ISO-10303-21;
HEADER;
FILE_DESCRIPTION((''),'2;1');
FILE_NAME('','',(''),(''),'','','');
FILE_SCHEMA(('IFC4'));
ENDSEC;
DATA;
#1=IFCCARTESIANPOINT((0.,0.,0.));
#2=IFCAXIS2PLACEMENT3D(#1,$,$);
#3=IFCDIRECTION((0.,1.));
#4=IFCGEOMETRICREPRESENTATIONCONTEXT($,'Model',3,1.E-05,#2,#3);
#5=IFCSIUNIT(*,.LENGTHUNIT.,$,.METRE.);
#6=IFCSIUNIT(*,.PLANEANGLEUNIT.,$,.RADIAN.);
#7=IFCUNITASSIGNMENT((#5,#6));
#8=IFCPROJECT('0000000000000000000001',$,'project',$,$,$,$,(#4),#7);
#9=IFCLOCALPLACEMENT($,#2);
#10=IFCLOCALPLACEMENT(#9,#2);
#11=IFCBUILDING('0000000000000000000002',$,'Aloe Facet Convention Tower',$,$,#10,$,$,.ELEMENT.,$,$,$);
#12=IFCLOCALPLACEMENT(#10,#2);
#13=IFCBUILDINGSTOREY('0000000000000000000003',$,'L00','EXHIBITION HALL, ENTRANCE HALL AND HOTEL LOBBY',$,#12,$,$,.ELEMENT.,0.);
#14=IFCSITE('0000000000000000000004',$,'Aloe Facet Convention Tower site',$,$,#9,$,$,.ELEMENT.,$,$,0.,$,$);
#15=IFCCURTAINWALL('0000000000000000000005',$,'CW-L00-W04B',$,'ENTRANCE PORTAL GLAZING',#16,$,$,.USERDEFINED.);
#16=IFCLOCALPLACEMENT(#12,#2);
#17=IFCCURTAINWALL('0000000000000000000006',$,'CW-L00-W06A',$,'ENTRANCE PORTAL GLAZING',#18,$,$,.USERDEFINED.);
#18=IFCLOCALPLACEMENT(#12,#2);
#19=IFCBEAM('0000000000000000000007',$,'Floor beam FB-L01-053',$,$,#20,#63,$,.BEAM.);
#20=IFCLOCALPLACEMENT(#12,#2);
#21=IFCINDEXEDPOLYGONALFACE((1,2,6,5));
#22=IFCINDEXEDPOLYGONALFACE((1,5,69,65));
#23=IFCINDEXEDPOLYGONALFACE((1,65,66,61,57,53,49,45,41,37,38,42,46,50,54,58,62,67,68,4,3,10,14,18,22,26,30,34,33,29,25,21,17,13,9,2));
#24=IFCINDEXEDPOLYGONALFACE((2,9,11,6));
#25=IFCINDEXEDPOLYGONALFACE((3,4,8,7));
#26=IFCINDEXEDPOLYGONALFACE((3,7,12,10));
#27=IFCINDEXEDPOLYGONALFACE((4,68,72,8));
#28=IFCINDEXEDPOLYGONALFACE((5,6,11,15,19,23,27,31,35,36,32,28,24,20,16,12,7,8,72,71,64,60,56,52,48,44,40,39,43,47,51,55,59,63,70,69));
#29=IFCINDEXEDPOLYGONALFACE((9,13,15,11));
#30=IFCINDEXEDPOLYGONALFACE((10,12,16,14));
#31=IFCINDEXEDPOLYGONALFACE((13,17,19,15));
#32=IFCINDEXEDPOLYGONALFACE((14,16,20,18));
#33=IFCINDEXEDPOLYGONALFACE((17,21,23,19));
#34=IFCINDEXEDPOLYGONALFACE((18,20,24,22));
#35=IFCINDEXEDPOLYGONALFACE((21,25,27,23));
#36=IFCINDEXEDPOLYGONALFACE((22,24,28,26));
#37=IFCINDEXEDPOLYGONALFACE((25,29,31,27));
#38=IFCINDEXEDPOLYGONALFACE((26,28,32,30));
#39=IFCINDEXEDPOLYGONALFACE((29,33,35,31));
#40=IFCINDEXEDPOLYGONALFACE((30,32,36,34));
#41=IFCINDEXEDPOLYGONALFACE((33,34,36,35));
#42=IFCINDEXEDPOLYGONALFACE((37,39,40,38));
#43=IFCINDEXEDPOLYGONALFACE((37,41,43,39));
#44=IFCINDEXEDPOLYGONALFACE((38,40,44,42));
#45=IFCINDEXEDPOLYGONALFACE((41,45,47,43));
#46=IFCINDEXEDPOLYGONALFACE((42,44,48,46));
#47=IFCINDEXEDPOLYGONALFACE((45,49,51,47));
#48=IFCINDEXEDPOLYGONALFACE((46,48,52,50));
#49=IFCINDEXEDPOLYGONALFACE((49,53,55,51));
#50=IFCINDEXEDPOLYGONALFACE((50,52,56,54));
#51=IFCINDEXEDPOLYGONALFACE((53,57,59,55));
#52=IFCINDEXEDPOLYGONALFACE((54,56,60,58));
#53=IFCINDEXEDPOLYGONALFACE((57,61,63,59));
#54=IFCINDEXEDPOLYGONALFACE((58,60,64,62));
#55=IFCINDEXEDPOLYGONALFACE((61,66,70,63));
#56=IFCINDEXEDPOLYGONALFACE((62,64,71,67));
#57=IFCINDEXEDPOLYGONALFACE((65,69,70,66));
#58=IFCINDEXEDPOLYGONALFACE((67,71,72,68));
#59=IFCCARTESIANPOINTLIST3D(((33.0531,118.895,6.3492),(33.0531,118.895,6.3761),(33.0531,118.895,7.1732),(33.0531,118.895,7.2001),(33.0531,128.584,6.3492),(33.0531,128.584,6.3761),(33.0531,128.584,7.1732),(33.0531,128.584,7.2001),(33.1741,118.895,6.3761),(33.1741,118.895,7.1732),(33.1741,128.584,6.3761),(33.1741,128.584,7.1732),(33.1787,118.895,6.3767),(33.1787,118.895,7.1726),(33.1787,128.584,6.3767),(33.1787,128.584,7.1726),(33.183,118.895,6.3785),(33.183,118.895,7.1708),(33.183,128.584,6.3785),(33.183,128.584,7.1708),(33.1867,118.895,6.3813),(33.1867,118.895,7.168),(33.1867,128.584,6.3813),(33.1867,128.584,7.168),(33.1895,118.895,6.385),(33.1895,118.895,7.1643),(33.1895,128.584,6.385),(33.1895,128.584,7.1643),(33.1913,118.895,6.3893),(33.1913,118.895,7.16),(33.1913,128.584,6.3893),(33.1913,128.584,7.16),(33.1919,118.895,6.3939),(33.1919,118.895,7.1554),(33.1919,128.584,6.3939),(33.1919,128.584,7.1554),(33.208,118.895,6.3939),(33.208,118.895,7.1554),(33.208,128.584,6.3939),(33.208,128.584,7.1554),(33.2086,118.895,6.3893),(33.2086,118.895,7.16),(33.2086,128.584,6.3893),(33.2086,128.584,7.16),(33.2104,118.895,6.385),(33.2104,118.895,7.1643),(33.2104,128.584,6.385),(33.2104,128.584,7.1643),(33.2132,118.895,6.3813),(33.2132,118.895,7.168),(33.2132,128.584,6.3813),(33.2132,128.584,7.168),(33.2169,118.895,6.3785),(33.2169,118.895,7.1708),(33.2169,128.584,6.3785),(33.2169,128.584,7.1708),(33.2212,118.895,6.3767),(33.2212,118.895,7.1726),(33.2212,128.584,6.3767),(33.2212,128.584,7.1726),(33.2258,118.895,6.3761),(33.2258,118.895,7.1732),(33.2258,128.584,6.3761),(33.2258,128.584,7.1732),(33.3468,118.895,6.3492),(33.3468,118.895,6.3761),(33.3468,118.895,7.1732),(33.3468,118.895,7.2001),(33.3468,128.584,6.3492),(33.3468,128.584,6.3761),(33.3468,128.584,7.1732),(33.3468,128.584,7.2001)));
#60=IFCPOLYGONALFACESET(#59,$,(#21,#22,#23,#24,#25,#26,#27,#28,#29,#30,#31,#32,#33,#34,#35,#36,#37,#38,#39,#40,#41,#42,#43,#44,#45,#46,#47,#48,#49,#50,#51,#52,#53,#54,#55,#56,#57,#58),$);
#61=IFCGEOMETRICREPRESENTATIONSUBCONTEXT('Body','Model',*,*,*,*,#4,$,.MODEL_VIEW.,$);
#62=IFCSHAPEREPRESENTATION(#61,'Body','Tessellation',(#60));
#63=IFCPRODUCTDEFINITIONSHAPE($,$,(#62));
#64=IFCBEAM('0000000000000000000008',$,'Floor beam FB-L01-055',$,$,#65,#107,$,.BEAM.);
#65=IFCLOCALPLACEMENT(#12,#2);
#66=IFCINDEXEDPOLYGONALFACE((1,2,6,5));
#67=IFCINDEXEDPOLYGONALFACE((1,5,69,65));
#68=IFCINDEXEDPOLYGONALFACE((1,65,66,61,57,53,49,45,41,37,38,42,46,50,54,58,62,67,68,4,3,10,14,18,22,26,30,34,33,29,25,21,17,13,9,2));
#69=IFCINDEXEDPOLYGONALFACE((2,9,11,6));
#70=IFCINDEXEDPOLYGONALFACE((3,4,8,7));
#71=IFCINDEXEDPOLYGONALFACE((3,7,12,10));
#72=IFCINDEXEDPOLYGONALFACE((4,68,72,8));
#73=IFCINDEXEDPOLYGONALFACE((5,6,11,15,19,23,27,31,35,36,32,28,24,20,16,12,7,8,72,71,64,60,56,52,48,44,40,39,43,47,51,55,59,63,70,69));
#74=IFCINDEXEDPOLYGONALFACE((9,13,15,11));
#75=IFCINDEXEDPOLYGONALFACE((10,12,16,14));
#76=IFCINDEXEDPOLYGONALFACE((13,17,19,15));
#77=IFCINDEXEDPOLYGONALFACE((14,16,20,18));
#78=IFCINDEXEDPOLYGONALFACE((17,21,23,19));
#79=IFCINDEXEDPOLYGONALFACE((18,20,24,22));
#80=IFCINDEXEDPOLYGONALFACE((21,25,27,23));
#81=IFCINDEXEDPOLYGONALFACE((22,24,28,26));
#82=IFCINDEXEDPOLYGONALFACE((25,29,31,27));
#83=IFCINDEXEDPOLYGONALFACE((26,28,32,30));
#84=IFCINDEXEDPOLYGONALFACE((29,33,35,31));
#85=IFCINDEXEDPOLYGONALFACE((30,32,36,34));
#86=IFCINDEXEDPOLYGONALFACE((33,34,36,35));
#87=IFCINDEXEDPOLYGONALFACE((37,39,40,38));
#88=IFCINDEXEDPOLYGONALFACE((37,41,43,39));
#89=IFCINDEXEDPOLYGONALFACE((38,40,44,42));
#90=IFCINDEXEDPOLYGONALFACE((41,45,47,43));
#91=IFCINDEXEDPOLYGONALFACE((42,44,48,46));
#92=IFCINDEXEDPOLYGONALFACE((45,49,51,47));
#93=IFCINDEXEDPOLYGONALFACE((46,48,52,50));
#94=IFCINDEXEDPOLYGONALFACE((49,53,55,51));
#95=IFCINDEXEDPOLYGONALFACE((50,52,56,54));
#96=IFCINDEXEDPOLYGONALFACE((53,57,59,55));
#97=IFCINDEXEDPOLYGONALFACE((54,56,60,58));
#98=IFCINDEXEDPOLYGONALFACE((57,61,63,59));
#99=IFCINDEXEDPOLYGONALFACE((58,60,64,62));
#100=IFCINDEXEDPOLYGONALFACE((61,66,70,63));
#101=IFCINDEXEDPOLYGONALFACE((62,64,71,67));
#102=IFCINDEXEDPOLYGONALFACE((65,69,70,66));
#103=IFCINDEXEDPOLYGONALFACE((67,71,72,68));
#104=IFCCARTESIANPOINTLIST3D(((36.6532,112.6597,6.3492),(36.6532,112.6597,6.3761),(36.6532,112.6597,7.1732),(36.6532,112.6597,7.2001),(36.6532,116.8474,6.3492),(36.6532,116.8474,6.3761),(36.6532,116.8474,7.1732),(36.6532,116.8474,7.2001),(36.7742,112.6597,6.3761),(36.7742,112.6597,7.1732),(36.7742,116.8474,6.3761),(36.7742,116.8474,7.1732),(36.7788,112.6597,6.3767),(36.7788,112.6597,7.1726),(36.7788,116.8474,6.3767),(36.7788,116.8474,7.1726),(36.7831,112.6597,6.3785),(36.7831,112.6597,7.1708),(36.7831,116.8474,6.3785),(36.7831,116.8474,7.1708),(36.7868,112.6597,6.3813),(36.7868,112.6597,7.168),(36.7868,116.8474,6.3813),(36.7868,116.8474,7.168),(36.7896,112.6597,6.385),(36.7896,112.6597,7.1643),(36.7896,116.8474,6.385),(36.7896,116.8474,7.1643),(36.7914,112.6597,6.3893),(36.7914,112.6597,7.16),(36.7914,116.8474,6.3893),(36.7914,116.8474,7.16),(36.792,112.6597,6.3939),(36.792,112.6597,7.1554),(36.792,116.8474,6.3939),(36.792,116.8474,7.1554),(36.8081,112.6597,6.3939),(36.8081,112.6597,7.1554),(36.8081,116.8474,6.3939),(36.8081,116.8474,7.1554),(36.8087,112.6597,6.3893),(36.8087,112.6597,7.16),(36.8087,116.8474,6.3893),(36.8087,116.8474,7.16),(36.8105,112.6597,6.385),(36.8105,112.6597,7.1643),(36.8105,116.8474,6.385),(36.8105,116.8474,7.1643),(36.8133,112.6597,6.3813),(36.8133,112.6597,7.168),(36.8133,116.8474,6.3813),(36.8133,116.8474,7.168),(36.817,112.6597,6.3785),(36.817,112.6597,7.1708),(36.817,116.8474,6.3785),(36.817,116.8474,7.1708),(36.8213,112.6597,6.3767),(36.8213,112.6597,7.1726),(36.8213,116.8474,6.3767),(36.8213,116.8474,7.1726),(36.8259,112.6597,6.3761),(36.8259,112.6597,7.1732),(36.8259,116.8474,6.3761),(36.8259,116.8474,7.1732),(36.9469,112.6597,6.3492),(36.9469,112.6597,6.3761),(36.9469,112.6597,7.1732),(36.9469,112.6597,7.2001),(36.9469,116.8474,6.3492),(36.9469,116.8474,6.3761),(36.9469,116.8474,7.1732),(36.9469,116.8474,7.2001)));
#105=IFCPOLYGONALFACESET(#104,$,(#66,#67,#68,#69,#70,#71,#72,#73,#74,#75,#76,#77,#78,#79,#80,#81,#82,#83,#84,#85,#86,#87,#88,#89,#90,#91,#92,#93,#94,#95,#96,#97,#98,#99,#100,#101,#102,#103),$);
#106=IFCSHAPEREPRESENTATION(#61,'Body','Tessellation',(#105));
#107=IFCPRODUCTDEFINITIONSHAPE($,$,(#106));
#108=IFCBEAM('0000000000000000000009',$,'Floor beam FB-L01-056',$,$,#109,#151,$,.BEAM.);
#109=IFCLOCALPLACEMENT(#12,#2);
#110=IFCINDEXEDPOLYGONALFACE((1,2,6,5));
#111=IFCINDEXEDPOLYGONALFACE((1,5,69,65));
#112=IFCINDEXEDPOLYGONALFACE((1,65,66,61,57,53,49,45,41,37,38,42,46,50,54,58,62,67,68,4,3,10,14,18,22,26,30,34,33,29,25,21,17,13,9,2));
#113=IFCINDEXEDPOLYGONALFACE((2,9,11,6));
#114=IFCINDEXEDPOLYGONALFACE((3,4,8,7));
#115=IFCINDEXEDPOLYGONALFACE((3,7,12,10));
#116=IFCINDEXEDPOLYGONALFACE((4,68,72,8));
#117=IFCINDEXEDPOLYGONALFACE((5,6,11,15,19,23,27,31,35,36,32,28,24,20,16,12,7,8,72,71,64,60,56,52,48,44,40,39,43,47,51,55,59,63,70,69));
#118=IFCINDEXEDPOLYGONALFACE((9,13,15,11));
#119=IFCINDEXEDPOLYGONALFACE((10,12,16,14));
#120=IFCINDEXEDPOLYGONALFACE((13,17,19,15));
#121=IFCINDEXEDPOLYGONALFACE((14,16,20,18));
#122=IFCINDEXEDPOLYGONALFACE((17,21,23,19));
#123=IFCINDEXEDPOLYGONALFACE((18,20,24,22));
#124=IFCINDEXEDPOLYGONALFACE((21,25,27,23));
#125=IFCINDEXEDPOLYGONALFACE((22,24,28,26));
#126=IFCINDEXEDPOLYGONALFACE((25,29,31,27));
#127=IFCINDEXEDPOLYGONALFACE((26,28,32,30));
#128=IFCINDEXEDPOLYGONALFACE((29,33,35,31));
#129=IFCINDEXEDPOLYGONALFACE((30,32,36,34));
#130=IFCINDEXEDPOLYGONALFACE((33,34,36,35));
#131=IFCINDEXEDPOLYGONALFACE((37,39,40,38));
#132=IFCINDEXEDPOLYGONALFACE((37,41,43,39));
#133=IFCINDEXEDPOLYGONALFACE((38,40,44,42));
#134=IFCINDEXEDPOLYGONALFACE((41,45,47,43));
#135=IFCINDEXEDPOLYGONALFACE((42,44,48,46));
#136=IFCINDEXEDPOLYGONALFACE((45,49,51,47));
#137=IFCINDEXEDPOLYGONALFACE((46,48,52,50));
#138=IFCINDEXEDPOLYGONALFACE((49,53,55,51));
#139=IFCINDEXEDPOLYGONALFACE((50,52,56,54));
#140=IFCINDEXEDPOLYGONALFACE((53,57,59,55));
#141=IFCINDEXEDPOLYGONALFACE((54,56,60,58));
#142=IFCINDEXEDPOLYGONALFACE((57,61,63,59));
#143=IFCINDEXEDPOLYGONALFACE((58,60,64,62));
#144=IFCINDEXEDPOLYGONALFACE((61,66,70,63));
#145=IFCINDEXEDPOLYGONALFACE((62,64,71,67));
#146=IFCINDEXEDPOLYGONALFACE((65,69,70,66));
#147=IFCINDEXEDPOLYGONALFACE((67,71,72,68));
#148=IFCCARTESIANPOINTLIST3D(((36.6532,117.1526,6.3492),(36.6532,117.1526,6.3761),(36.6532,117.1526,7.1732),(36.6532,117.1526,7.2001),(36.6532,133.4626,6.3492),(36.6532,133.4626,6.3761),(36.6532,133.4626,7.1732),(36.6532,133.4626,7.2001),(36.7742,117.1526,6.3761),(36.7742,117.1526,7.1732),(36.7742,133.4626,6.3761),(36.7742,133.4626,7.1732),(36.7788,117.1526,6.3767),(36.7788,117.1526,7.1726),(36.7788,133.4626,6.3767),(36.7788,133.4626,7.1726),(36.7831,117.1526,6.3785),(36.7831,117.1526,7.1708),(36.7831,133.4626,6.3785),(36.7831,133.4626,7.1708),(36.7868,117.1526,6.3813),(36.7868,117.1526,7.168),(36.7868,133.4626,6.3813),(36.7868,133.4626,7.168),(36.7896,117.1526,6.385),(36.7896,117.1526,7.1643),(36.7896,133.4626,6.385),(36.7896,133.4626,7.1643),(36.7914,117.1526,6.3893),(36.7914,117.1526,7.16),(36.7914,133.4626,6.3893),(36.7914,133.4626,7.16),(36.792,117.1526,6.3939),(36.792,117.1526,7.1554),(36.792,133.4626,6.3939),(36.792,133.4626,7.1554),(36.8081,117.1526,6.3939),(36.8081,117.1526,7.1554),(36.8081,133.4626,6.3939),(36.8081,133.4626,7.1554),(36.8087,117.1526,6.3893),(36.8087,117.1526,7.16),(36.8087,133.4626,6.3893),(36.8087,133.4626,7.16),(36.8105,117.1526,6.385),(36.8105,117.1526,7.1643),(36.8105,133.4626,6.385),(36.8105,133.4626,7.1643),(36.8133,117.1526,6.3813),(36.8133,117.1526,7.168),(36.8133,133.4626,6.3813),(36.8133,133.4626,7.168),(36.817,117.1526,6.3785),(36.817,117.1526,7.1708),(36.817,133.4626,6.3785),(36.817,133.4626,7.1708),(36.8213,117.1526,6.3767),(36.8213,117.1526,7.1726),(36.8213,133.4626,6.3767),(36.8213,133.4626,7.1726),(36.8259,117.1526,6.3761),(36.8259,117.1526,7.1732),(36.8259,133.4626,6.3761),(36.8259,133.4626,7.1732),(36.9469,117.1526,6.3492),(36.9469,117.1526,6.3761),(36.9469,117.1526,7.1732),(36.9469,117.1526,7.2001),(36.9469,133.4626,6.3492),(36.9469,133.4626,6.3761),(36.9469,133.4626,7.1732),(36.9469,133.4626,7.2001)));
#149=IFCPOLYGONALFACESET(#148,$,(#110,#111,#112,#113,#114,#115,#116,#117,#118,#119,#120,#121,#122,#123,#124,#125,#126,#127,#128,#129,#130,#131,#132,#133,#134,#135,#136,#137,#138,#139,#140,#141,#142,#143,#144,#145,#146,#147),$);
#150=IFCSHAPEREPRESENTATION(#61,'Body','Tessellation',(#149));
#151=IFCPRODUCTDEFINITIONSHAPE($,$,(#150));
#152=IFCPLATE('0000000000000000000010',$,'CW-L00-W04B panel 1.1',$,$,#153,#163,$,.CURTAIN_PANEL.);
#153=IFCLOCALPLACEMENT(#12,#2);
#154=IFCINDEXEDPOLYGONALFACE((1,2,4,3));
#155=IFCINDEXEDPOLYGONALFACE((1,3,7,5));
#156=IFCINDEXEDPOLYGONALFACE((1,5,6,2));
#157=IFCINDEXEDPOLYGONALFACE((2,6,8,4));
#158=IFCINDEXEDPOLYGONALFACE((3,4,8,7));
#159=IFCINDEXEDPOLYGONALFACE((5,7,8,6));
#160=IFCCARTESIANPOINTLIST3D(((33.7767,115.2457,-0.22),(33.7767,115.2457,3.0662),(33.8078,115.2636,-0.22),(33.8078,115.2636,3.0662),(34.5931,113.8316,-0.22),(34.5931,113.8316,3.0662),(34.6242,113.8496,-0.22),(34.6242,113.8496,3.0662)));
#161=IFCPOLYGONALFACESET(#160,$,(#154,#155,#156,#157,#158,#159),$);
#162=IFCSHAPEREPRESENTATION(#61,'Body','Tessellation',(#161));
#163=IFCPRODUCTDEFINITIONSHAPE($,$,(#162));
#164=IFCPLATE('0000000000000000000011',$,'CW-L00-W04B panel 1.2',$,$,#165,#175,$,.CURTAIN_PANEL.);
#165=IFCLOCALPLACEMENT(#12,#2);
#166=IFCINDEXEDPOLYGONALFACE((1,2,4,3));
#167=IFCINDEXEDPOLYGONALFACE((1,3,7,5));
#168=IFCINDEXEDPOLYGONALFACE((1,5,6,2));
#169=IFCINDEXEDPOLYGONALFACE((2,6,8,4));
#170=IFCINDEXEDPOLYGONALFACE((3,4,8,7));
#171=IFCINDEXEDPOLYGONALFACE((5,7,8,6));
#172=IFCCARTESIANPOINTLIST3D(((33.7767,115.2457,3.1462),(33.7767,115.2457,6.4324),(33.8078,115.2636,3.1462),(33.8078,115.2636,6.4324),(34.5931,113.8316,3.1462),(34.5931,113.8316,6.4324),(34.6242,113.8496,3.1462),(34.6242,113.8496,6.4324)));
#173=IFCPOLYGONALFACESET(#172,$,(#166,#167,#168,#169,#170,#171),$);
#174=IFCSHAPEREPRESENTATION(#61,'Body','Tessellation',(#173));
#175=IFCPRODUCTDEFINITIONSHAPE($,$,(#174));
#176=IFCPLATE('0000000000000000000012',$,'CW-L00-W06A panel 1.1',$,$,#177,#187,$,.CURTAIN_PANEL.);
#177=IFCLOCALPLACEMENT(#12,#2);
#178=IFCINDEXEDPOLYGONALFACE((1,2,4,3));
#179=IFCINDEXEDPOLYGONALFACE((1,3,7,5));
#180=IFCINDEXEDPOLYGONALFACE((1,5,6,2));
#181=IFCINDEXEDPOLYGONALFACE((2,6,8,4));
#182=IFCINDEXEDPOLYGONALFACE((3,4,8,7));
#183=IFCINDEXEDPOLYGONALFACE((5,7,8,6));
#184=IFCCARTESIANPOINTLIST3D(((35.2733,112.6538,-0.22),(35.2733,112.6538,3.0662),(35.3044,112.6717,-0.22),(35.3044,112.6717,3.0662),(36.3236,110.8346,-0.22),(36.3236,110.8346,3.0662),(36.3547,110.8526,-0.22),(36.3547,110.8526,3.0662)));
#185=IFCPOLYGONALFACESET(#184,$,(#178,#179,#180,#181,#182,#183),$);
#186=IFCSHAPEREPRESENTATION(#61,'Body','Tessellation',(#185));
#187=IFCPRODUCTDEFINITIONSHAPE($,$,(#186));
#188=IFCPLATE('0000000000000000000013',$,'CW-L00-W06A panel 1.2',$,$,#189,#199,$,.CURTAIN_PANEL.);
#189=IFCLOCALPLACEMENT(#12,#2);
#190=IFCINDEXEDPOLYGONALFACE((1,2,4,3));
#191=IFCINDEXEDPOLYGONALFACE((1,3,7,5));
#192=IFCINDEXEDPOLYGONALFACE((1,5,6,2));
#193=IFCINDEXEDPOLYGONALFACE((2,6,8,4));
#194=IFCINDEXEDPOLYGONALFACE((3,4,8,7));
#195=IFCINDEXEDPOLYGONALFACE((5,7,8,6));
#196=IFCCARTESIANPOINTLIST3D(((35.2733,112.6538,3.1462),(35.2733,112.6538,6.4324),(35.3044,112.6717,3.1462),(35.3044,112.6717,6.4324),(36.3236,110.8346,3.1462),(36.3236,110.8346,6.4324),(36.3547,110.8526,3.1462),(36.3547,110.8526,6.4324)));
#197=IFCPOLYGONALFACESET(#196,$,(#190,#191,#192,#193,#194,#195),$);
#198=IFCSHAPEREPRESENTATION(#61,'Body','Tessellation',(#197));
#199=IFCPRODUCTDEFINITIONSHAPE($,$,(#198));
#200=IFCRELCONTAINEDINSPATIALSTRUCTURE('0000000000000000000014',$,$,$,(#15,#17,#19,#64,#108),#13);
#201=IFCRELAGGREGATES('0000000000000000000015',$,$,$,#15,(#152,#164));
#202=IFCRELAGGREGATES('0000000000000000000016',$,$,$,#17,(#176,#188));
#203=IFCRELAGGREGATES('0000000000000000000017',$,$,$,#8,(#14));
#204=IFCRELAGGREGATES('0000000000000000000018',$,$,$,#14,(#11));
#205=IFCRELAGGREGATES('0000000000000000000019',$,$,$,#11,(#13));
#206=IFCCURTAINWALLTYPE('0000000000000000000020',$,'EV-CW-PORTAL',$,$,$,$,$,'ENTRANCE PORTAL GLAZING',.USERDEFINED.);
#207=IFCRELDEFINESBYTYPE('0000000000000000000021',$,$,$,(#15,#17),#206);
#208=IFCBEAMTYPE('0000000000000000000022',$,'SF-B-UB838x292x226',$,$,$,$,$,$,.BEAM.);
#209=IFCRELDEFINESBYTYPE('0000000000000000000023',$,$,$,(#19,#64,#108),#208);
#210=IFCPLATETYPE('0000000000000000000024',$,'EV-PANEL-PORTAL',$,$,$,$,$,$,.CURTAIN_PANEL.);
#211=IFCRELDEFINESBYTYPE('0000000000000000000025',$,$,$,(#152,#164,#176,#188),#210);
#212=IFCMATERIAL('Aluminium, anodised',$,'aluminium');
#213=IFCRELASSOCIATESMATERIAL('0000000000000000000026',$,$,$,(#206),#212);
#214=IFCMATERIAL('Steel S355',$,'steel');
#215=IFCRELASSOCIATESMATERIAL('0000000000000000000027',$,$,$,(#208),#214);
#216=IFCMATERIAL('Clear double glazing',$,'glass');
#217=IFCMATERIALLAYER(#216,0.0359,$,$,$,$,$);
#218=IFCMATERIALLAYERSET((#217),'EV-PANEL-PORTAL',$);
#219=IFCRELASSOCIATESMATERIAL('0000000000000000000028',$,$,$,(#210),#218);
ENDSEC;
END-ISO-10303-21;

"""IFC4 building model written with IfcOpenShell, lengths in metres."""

from ifc_helpers import new_model, si_unit, direction, frame, origin, origin_2d, place, context, subcontext, project, spatial, rectangle, i_section, extrude, material, layer, layer_set, material_profile, profile_set, type_object, element, aggregate, save


model = new_model("IFC4")

# Units and contexts
model_context = context("Model", 3, precision=1e-05, world=origin(), true_north=direction((0.0, 1.0)))
body_context = subcontext(model_context, "Body", "Model", "MODEL_VIEW")
ifc_project = project(units=[si_unit("LENGTHUNIT", "METRE"), si_unit("PLANEANGLEUNIT", "RADIAN")], contexts=[model_context])

# Site, building, storey
site_placement = place(None, origin())
site = spatial("IfcSite", under=ifc_project, at=site_placement, Name="Aloe Facet Convention Tower site", CompositionType="ELEMENT", RefElevation=0.0)
building_placement = place(site_placement, origin())
building = spatial("IfcBuilding", under=site, at=building_placement, Name="Aloe Facet Convention Tower", CompositionType="ELEMENT")
storey_placement = place(building_placement, origin())
storey = spatial("IfcBuildingStorey", under=building, at=storey_placement, Name="L00", Description="EXHIBITION HALL, ENTRANCE HALL AND HOTEL LOBBY", CompositionType="ELEMENT", Elevation=0.0)

# Curtain walls
ifc_material_1 = material(Name="Aluminium, anodised", Category="aluminium")
curtain_wall_type = type_object("IfcCurtainWallType", Name="EV-CW-PORTAL", ElementType="ENTRANCE PORTAL GLAZING", PredefinedType="USERDEFINED", material=ifc_material_1)
curtain_wall_1_placement = place(storey_placement, origin())
curtain_wall_1 = element("IfcCurtainWall", 1, at=curtain_wall_1_placement, inside=storey, type_object=curtain_wall_type, Name="CW-L00-W04B", ObjectType="ENTRANCE PORTAL GLAZING", PredefinedType="USERDEFINED")
curtain_wall_2_placement = place(storey_placement, origin())
curtain_wall_2 = element("IfcCurtainWall", 2, at=curtain_wall_2_placement, inside=storey, type_object=curtain_wall_type, Name="CW-L00-W06A", ObjectType="ENTRANCE PORTAL GLAZING", PredefinedType="USERDEFINED")

# Beams
ifc_material_2 = material(Name="Steel S355", Category="steel")
ifc_material_profile_1 = material_profile(ifc_material_2, i_section(OverallWidth=0.2937, OverallDepth=0.8508, WebThickness=0.0161, FlangeThickness=0.0269, FilletRadius=0.0178, at=origin_2d()), Name="UB 838x292x226")
ifc_profile_set_1 = profile_set([ifc_material_profile_1], Name="Steel S355")
beam_type_1 = type_object("IfcBeamType", Name="SF-B-UB838x292x226", PredefinedType="BEAM", material=ifc_profile_set_1)
beam_1_placement = place(storey_placement, frame((33.2, 118.895, 6.7747), z_axis=(0.0, 1.0, 0.0), x_axis=(-1.0, 0.0, 0.0)))
element("IfcBeam", 3, at=beam_1_placement, inside=storey, type_object=beam_type_1, Name="Floor beam FB-L01-053", PredefinedType="BEAM", context=body_context, shape_type="SweptSolid", body=[
    extrude(i_section(OverallWidth=0.2937, OverallDepth=0.8508, WebThickness=0.0161, FlangeThickness=0.0269, FilletRadius=0.0178, at=origin_2d()), origin(), (0.0, 0.0, 1.0), 9.689),
])
beam_2_placement = place(storey_placement, frame((36.8, 112.6597, 6.7747), z_axis=(0.0, 1.0, 0.0), x_axis=(-1.0, 0.0, 0.0)))
element("IfcBeam", 4, at=beam_2_placement, inside=storey, type_object=beam_type_1, Name="Floor beam FB-L01-055", PredefinedType="BEAM", context=body_context, shape_type="SweptSolid", body=[
    extrude(i_section(OverallWidth=0.2937, OverallDepth=0.8508, WebThickness=0.0161, FlangeThickness=0.0269, FilletRadius=0.0178, at=origin_2d()), origin(), (0.0, 0.0, 1.0), 4.1877),
])
beam_3_placement = place(storey_placement, frame((36.8, 117.1526, 6.7747), z_axis=(0.0, 1.0, 0.0), x_axis=(-1.0, 0.0, 0.0)))
element("IfcBeam", 5, at=beam_3_placement, inside=storey, type_object=beam_type_1, Name="Floor beam FB-L01-056", PredefinedType="BEAM", context=body_context, shape_type="SweptSolid", body=[
    extrude(i_section(OverallWidth=0.2937, OverallDepth=0.8508, WebThickness=0.0161, FlangeThickness=0.0269, FilletRadius=0.0178, at=origin_2d()), origin(), (0.0, 0.0, 1.0), 16.3101),
])

# Plates
ifc_material_3 = material(Name="Clear double glazing", Category="glass")
ifc_layer_1 = layer(ifc_material_3, 0.0359)
ifc_layer_set_1 = layer_set([ifc_layer_1], Name="EV-PANEL-PORTAL")
plate_type = type_object("IfcPlateType", Name="EV-PANEL-PORTAL", PredefinedType="CURTAIN_PANEL", material=ifc_layer_set_1)
plate_1_placement = place(storey_placement, frame((34.2004, 114.5476, -0.22), z_axis=(0.0, 0.0, 1.0), x_axis=(0.5, -0.866025, 0.0)))
plate_1 = element("IfcPlate", 6, at=plate_1_placement, type_object=plate_type, Name="CW-L00-W04B panel 1.1", PredefinedType="CURTAIN_PANEL", context=body_context, shape_type="SweptSolid", body=[
    extrude(rectangle(XDim=1.6328, YDim=0.0359, at=origin_2d()), origin(), (0.0, 0.0, 1.0), 3.2861),
])
plate_2_placement = place(storey_placement, frame((34.2004, 114.5476, 3.1462), z_axis=(0.0, 0.0, 1.0), x_axis=(0.5, -0.866025, 0.0)))
plate_2 = element("IfcPlate", 7, at=plate_2_placement, type_object=plate_type, Name="CW-L00-W04B panel 1.2", PredefinedType="CURTAIN_PANEL", context=body_context, shape_type="SweptSolid", body=[
    extrude(rectangle(XDim=1.6328, YDim=0.0359, at=origin_2d()), origin(), (0.0, 0.0, 1.0), 3.2861),
])
aggregate(curtain_wall_1, [plate_1, plate_2])
plate_3_placement = place(storey_placement, frame((35.814, 111.7532, -0.22), z_axis=(0.0, 0.0, 1.0), x_axis=(0.5, -0.866025, 0.0)))
plate_3 = element("IfcPlate", 8, at=plate_3_placement, type_object=plate_type, Name="CW-L00-W06A panel 1.1", PredefinedType="CURTAIN_PANEL", context=body_context, shape_type="SweptSolid", body=[
    extrude(rectangle(XDim=2.1006, YDim=0.0359, at=origin_2d()), origin(), (0.0, 0.0, 1.0), 3.2861),
])
plate_4_placement = place(storey_placement, frame((35.814, 111.7532, 3.1462), z_axis=(0.0, 0.0, 1.0), x_axis=(0.5, -0.866025, 0.0)))
plate_4 = element("IfcPlate", 9, at=plate_4_placement, type_object=plate_type, Name="CW-L00-W06A panel 1.2", PredefinedType="CURTAIN_PANEL", context=body_context, shape_type="SweptSolid", body=[
    extrude(rectangle(XDim=2.1006, YDim=0.0359, at=origin_2d()), origin(), (0.0, 0.0, 1.0), 3.2861),
])
aggregate(curtain_wall_2, [plate_3, plate_4])

save(model, "model.ifc")
